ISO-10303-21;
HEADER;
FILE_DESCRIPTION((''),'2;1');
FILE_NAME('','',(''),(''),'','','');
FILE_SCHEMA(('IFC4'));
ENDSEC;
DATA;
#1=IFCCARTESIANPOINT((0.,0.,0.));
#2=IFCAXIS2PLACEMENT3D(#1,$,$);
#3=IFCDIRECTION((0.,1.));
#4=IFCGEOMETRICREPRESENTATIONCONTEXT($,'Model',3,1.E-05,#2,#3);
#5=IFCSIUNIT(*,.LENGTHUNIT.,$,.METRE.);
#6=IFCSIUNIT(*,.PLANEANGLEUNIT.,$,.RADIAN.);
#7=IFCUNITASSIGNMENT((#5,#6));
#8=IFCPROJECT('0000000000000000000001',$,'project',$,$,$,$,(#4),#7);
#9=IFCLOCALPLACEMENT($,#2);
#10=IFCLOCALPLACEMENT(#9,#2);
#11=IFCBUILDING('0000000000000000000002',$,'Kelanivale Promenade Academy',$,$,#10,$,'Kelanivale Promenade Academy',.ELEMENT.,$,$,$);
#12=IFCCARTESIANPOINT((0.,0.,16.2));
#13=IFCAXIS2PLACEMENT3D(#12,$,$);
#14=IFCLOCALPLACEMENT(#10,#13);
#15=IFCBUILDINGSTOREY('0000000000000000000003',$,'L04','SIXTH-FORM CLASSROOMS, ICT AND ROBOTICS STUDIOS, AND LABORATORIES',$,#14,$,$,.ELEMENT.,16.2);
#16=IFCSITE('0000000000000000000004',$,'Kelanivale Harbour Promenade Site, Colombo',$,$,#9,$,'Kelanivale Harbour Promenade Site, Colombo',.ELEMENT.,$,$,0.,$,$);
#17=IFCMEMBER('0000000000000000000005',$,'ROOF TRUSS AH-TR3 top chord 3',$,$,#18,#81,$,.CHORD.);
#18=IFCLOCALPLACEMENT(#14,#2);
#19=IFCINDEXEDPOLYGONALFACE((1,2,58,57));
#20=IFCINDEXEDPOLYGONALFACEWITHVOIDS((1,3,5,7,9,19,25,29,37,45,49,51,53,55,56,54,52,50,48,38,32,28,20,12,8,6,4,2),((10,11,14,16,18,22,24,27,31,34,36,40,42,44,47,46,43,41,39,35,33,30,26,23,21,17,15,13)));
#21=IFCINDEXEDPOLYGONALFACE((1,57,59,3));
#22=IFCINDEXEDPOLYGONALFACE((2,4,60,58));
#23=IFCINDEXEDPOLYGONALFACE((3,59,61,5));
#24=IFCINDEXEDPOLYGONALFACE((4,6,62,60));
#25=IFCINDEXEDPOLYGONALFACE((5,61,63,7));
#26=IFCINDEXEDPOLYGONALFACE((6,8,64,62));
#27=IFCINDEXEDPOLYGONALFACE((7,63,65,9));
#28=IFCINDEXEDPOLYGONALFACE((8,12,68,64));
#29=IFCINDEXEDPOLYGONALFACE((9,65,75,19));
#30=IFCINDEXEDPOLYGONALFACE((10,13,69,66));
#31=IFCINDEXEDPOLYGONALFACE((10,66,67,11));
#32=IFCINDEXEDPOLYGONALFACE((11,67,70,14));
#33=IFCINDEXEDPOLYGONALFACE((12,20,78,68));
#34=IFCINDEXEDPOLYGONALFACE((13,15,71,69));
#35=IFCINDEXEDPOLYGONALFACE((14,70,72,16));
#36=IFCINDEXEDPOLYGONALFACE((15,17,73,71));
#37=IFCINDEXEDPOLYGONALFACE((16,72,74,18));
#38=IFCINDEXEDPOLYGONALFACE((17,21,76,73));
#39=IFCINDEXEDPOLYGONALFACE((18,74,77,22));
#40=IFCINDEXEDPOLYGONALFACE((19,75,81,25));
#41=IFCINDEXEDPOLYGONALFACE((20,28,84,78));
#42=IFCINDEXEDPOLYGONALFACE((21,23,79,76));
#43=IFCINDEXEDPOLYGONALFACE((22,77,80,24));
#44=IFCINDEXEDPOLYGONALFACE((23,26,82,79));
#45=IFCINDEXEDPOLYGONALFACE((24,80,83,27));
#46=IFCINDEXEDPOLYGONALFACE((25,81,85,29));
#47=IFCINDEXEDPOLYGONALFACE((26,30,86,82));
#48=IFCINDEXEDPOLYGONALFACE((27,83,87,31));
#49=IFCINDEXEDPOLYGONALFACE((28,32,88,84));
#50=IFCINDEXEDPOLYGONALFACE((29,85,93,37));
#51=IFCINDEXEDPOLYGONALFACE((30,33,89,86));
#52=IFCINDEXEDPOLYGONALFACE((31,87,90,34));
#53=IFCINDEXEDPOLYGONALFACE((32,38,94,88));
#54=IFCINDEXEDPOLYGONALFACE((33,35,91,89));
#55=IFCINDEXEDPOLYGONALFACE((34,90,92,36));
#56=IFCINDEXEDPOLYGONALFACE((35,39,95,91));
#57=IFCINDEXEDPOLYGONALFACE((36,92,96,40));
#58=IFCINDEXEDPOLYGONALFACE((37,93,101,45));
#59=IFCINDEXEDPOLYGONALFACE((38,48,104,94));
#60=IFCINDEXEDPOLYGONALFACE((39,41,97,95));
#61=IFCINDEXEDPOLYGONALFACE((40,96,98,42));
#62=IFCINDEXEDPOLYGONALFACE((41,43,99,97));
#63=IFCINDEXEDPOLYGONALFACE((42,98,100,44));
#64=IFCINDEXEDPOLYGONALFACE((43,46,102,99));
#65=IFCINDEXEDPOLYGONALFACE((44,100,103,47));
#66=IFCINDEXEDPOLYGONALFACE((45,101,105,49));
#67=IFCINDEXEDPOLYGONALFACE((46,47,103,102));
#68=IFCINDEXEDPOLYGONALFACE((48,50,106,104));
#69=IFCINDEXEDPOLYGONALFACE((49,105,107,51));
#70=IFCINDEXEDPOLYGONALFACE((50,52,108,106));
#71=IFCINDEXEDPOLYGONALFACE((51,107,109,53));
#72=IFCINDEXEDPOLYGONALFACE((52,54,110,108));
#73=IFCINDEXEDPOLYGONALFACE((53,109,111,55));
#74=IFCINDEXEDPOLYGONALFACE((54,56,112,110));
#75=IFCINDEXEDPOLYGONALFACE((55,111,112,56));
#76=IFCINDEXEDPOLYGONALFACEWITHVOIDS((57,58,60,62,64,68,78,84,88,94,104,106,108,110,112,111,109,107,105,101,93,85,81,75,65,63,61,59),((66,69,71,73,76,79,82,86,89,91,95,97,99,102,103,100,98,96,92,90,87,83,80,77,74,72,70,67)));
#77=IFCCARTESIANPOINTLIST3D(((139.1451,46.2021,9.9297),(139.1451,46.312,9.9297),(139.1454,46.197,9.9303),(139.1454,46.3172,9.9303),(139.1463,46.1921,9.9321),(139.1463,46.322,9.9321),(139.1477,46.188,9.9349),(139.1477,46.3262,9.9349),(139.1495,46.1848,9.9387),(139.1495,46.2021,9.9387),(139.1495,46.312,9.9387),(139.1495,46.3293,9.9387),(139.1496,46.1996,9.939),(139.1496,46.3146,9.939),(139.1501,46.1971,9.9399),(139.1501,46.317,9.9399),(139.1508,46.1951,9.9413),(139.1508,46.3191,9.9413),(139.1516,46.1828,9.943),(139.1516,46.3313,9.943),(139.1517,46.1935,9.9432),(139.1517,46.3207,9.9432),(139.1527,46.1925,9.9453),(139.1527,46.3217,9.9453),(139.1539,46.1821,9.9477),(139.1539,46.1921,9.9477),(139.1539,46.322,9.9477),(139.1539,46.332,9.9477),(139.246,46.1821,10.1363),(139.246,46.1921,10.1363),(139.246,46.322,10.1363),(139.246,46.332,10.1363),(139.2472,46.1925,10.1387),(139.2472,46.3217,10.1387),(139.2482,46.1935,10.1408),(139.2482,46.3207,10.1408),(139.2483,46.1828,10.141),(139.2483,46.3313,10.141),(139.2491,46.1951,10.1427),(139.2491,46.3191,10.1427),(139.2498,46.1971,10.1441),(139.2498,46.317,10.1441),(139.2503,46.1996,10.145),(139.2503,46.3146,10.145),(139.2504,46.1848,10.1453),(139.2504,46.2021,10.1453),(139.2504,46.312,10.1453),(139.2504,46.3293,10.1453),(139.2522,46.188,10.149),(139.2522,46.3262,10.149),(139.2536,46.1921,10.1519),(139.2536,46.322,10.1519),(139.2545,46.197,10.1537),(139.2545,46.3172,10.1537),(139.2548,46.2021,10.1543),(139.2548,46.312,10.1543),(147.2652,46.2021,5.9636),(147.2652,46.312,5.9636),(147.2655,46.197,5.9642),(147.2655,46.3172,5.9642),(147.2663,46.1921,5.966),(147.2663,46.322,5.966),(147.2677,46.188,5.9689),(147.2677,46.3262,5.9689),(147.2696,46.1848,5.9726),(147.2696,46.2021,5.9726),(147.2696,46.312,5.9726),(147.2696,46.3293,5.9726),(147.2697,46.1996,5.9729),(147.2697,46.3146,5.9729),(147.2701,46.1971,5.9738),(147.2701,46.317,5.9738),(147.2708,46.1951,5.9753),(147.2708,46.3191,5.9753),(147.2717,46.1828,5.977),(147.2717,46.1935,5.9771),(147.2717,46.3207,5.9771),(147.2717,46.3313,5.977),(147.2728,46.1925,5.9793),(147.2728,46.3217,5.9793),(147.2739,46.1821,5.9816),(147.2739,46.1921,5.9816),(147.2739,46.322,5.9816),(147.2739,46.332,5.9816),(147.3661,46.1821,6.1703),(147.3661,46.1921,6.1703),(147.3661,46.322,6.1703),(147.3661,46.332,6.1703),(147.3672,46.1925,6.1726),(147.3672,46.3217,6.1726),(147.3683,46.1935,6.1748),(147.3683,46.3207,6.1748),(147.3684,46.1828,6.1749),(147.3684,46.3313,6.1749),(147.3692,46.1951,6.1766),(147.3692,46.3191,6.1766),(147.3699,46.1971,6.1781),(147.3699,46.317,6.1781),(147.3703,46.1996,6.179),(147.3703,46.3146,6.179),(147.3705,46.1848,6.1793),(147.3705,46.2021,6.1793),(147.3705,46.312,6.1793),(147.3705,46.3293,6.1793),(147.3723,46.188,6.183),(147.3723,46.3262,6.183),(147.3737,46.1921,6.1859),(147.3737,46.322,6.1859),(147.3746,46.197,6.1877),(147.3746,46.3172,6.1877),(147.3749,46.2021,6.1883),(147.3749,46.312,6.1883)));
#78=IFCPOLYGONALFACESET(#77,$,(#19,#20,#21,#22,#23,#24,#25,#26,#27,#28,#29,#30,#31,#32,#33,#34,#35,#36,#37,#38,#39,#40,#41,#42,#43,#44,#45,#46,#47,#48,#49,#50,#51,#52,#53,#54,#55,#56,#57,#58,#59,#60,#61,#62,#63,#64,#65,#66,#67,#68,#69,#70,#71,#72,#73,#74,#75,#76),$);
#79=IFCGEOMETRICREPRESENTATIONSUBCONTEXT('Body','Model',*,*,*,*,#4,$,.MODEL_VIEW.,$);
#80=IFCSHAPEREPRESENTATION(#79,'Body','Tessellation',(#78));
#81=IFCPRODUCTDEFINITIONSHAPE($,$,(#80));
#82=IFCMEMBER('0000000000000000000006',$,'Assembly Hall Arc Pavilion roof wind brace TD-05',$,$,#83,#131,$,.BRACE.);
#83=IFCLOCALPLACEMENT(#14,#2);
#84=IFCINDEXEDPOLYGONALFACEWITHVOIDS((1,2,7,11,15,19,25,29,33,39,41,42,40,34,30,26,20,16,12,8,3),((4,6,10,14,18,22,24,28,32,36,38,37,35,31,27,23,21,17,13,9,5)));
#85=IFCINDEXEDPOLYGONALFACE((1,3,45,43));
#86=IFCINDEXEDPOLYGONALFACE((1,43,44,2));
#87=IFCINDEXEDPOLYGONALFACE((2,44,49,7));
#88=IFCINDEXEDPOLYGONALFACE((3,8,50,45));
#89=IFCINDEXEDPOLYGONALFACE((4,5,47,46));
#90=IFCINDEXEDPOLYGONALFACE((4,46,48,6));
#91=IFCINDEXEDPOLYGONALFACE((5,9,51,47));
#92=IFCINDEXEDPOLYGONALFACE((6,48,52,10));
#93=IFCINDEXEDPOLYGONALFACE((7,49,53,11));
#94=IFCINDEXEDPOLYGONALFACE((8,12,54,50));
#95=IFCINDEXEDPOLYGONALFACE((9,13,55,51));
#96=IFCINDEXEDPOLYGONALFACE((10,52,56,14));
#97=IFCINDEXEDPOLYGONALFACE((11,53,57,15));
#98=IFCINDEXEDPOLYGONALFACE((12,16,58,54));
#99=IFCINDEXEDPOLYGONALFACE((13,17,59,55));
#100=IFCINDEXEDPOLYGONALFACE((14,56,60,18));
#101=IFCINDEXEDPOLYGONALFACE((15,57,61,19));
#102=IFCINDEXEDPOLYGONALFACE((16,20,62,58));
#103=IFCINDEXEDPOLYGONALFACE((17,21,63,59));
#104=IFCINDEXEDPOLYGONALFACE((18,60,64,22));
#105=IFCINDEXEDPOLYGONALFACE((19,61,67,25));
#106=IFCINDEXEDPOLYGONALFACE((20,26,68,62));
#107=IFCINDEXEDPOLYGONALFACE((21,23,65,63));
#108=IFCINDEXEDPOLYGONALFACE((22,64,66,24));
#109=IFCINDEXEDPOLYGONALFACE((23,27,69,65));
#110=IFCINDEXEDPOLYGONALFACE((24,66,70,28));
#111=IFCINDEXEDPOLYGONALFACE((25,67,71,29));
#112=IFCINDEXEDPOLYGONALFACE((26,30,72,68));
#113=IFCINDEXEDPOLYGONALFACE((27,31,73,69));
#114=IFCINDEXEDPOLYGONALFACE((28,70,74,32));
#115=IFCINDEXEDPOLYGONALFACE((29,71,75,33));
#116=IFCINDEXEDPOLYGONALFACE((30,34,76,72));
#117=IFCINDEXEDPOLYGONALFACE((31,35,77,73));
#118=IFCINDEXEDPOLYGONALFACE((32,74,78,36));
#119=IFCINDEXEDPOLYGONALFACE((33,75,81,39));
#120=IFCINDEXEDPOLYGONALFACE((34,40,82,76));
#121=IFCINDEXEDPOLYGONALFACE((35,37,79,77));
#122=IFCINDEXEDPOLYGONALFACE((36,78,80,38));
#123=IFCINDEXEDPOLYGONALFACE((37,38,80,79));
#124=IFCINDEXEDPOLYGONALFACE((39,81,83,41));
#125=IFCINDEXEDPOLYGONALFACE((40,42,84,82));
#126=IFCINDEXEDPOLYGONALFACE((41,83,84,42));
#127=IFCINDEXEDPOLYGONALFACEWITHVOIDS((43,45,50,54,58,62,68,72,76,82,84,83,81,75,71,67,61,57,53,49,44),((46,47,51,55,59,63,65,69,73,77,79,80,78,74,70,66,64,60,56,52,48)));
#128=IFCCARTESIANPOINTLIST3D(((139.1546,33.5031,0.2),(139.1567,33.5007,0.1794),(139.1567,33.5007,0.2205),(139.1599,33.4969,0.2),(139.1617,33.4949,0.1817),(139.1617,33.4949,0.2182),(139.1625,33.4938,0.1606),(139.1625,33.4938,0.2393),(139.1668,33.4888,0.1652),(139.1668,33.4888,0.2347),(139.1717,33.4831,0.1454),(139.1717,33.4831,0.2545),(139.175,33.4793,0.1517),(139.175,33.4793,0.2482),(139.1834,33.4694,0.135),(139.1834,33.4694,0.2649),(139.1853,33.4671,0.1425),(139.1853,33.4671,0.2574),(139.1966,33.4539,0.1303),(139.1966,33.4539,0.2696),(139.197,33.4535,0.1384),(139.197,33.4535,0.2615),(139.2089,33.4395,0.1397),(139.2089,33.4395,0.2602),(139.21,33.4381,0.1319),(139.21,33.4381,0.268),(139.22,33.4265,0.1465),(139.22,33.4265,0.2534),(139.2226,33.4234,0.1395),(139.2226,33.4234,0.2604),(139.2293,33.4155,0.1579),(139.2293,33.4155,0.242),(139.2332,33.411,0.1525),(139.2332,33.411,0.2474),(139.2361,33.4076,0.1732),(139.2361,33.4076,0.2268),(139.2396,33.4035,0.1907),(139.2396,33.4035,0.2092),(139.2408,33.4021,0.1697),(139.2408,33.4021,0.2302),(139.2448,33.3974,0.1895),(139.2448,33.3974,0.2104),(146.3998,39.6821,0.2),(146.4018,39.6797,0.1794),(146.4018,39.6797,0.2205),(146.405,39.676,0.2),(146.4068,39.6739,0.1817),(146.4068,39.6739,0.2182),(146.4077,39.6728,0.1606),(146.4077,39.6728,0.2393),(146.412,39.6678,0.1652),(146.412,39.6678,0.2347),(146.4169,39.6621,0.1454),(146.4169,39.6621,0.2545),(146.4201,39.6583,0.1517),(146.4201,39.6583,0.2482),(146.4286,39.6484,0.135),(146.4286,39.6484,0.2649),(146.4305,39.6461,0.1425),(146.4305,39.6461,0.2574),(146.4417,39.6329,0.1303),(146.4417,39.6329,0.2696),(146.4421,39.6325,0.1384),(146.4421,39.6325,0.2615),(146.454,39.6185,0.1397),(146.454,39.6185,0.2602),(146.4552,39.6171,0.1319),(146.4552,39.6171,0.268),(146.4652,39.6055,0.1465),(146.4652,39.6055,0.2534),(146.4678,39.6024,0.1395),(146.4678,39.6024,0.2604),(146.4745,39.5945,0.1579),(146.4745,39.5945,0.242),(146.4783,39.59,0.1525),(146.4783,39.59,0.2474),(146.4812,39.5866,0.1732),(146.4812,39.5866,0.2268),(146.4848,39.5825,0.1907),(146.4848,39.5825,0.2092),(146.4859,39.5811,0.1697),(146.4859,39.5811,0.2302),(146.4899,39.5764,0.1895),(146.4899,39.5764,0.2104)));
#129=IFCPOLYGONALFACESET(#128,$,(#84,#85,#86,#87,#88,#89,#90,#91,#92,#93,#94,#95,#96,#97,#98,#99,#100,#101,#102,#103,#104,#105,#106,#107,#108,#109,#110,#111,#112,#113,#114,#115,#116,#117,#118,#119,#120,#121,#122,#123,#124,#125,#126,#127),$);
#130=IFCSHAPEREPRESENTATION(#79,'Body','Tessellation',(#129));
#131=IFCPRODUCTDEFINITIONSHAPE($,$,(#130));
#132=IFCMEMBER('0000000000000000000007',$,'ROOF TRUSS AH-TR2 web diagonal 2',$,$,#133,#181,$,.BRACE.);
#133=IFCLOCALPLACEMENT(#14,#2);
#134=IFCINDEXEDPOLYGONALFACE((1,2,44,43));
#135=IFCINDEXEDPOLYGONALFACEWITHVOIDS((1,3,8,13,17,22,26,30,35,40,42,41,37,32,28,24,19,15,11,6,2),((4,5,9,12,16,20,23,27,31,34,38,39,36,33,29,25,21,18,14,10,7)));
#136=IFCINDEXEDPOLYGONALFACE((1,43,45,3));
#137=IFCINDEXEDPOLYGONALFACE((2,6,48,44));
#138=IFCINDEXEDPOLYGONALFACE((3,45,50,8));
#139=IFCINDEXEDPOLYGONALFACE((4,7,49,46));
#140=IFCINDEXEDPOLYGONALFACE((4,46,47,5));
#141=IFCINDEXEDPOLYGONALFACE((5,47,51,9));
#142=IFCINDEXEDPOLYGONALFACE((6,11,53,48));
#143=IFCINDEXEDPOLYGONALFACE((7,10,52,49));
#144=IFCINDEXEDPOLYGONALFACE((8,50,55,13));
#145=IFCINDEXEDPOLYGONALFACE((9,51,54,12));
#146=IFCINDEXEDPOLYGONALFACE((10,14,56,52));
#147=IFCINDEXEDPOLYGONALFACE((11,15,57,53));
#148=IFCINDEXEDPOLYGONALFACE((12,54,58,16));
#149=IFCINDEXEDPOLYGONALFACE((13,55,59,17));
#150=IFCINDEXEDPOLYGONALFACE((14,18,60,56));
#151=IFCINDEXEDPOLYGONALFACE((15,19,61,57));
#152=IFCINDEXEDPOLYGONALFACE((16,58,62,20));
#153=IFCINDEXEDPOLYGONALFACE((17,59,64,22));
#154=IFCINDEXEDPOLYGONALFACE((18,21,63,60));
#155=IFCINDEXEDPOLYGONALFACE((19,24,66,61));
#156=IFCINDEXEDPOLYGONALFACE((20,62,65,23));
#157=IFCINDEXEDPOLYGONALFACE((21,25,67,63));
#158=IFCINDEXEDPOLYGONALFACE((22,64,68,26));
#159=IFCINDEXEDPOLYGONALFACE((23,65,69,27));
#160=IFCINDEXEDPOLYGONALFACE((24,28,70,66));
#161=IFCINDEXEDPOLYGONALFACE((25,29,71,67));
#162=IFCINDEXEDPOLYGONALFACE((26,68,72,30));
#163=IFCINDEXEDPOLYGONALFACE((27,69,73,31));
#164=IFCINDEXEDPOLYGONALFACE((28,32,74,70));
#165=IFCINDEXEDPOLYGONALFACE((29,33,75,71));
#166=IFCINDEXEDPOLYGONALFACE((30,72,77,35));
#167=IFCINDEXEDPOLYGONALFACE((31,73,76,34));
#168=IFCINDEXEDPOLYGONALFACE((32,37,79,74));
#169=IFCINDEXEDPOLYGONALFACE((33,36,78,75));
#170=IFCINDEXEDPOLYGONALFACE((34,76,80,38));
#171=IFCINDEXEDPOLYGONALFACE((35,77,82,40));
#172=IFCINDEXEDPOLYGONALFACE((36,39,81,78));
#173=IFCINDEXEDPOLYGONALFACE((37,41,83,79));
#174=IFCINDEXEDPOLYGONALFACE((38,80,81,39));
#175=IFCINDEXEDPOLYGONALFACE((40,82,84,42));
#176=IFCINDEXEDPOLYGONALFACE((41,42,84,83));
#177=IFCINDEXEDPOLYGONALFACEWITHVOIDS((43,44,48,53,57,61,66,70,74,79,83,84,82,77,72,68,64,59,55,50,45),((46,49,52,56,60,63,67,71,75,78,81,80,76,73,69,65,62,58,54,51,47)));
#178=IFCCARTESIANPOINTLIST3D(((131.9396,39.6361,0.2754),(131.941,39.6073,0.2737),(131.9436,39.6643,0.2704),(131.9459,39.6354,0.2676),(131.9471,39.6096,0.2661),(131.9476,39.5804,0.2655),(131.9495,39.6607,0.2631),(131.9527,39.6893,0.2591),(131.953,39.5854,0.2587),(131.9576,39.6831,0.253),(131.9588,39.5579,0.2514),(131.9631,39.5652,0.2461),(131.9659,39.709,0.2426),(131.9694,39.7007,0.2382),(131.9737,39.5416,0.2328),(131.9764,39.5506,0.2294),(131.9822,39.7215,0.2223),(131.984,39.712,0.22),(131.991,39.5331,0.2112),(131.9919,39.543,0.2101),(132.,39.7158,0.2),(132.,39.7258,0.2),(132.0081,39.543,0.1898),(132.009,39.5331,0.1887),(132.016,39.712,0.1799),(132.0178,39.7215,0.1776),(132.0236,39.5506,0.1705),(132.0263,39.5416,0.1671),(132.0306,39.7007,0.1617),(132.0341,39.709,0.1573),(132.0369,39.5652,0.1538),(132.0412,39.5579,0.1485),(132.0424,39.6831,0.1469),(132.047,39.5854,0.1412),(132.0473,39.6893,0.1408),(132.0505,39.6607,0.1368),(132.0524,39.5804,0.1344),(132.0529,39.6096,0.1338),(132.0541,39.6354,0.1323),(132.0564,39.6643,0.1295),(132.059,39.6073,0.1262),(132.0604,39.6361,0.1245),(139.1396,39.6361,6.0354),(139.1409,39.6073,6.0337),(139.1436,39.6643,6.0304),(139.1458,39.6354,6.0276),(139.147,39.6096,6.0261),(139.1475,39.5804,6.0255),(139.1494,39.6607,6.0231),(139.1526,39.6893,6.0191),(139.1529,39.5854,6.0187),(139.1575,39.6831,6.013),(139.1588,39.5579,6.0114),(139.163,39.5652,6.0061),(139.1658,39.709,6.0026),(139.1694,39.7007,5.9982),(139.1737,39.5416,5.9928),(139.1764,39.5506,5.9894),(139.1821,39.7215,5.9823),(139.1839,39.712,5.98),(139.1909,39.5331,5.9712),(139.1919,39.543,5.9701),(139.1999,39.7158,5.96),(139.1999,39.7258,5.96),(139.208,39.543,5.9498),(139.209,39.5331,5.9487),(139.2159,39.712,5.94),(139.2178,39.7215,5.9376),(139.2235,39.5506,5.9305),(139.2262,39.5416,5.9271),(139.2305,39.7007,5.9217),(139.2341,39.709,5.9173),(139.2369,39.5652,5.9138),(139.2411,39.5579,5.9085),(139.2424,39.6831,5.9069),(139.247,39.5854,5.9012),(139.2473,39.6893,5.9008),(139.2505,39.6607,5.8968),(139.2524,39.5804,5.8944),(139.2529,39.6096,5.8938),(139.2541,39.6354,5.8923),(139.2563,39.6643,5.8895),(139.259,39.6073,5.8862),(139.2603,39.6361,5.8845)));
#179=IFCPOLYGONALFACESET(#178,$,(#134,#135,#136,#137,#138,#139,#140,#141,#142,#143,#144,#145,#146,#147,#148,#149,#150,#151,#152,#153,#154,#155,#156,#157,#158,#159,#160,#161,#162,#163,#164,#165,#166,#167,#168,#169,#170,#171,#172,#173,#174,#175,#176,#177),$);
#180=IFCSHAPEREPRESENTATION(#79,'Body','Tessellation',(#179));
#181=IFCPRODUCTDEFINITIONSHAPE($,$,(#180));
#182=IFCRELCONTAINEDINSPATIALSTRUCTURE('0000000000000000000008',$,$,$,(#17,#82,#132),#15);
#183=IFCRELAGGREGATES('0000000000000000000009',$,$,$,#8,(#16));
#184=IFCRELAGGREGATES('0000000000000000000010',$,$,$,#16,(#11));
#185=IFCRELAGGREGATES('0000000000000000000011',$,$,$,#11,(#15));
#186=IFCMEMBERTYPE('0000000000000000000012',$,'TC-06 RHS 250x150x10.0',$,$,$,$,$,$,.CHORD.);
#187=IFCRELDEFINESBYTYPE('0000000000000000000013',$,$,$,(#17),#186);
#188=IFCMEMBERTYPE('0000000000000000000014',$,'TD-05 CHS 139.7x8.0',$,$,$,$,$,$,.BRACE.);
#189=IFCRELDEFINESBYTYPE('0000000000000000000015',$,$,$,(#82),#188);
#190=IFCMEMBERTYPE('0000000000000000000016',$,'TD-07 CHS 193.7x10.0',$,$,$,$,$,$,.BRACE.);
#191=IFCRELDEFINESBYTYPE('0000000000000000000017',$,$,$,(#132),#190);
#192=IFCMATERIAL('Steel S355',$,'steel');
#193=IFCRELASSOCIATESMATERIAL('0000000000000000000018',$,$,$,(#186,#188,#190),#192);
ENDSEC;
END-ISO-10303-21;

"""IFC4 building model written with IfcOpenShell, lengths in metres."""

from ifc_helpers import new_model, si_unit, direction, frame, origin, origin_2d, place, context, subcontext, project, spatial, hollow_rectangle, hollow_circle, extrude, material, material_profile, profile_set, type_object, element, save


model = new_model("IFC4")

# Units and contexts
model_context = context("Model", 3, precision=1e-05, world=origin(), true_north=direction((0.0, 1.0)))
body_context = subcontext(model_context, "Body", "Model", "MODEL_VIEW")
ifc_project = project(units=[si_unit("LENGTHUNIT", "METRE"), si_unit("PLANEANGLEUNIT", "RADIAN")], contexts=[model_context])

# Site, building, storey
site_placement = place(None, origin())
site = spatial("IfcSite", under=ifc_project, at=site_placement, Name="Kelanivale Harbour Promenade Site, Colombo", LongName="Kelanivale Harbour Promenade Site, Colombo", CompositionType="ELEMENT", RefElevation=0.0)
building_placement = place(site_placement, origin())
building = spatial("IfcBuilding", under=site, at=building_placement, Name="Kelanivale Promenade Academy", LongName="Kelanivale Promenade Academy", CompositionType="ELEMENT")
storey_placement = place(building_placement, frame((0.0, 0.0, 16.2)))
storey = spatial("IfcBuildingStorey", under=building, at=storey_placement, Name="L04", Description="SIXTH-FORM CLASSROOMS, ICT AND ROBOTICS STUDIOS, AND LABORATORIES", CompositionType="ELEMENT", Elevation=16.2)

# Members
ifc_material_1 = material(Name="Steel S355", Category="steel")
ifc_material_profile_1 = material_profile(ifc_material_1, hollow_rectangle(XDim=0.1499, YDim=0.25, WallThickness=0.01, InnerFilletRadius=0.01, OuterFilletRadius=0.02, at=origin_2d()), Name="RHS 250x150x10.0")
ifc_profile_set_1 = profile_set([ifc_material_profile_1], Name="Steel S355")
member_type_1 = type_object("IfcMemberType", Name="TC-06 RHS 250x150x10.0", PredefinedType="CHORD", material=ifc_profile_set_1)
member_1_placement = place(storey_placement, frame((139.2, 46.2571, 10.042), z_axis=(0.898549, 0.0, -0.438873), x_axis=(0.0, 1.0, 0.0)))
element("IfcMember", 1, at=member_1_placement, inside=storey, type_object=member_type_1, Name="ROOF TRUSS AH-TR3 top chord 3", PredefinedType="CHORD", context=body_context, shape_type="SweptSolid", body=[
    extrude(hollow_rectangle(XDim=0.1499, YDim=0.25, WallThickness=0.01, InnerFilletRadius=0.01, OuterFilletRadius=0.02, at=origin_2d()), origin(), (0.0, 0.0, 1.0), 9.0369),
])
ifc_material_profile_2 = material_profile(ifc_material_1, hollow_circle(Radius=0.0698, WallThickness=0.0081, at=origin_2d()), Name="CHS 139.7x8.0")
ifc_profile_set_2 = profile_set([ifc_material_profile_2], Name="Steel S355")
member_type_2 = type_object("IfcMemberType", Name="TD-05 CHS 139.7x8.0", PredefinedType="BRACE", material=ifc_profile_set_2)
member_2_placement = place(storey_placement, frame((139.2, 33.45, 0.2), z_axis=(0.76087, 0.648904, 0.0), x_axis=(-0.648904, 0.76087, 0.0)))
element("IfcMember", 2, at=member_2_placement, inside=storey, type_object=member_type_2, Name="Assembly Hall Arc Pavilion roof wind brace TD-05", PredefinedType="BRACE", context=body_context, shape_type="SweptSolid", body=[
    extrude(hollow_circle(Radius=0.0698, WallThickness=0.0081, at=origin_2d()), origin(), (0.0, 0.0, 1.0), 9.5222),
])
ifc_material_profile_3 = material_profile(ifc_material_1, hollow_circle(Radius=0.0969, WallThickness=0.01, at=origin_2d()), Name="CHS 193.7x10.0")
ifc_profile_set_3 = profile_set([ifc_material_profile_3], Name="Steel S355")
member_type_3 = type_object("IfcMemberType", Name="TD-07 CHS 193.7x10.0", PredefinedType="BRACE", material=ifc_profile_set_3)
member_3_placement = place(storey_placement, frame((132.0, 39.6289, 0.2), z_axis=(0.780866, 0.0, 0.624698), x_axis=(0.0, 1.0, 0.0)))
element("IfcMember", 3, at=member_3_placement, inside=storey, type_object=member_type_3, Name="ROOF TRUSS AH-TR2 web diagonal 2", PredefinedType="BRACE", context=body_context, shape_type="SweptSolid", body=[
    extrude(hollow_circle(Radius=0.0969, WallThickness=0.01, at=origin_2d()), origin(), (0.0, 0.0, 1.0), 9.2205),
])

save(model, "model.ifc")
